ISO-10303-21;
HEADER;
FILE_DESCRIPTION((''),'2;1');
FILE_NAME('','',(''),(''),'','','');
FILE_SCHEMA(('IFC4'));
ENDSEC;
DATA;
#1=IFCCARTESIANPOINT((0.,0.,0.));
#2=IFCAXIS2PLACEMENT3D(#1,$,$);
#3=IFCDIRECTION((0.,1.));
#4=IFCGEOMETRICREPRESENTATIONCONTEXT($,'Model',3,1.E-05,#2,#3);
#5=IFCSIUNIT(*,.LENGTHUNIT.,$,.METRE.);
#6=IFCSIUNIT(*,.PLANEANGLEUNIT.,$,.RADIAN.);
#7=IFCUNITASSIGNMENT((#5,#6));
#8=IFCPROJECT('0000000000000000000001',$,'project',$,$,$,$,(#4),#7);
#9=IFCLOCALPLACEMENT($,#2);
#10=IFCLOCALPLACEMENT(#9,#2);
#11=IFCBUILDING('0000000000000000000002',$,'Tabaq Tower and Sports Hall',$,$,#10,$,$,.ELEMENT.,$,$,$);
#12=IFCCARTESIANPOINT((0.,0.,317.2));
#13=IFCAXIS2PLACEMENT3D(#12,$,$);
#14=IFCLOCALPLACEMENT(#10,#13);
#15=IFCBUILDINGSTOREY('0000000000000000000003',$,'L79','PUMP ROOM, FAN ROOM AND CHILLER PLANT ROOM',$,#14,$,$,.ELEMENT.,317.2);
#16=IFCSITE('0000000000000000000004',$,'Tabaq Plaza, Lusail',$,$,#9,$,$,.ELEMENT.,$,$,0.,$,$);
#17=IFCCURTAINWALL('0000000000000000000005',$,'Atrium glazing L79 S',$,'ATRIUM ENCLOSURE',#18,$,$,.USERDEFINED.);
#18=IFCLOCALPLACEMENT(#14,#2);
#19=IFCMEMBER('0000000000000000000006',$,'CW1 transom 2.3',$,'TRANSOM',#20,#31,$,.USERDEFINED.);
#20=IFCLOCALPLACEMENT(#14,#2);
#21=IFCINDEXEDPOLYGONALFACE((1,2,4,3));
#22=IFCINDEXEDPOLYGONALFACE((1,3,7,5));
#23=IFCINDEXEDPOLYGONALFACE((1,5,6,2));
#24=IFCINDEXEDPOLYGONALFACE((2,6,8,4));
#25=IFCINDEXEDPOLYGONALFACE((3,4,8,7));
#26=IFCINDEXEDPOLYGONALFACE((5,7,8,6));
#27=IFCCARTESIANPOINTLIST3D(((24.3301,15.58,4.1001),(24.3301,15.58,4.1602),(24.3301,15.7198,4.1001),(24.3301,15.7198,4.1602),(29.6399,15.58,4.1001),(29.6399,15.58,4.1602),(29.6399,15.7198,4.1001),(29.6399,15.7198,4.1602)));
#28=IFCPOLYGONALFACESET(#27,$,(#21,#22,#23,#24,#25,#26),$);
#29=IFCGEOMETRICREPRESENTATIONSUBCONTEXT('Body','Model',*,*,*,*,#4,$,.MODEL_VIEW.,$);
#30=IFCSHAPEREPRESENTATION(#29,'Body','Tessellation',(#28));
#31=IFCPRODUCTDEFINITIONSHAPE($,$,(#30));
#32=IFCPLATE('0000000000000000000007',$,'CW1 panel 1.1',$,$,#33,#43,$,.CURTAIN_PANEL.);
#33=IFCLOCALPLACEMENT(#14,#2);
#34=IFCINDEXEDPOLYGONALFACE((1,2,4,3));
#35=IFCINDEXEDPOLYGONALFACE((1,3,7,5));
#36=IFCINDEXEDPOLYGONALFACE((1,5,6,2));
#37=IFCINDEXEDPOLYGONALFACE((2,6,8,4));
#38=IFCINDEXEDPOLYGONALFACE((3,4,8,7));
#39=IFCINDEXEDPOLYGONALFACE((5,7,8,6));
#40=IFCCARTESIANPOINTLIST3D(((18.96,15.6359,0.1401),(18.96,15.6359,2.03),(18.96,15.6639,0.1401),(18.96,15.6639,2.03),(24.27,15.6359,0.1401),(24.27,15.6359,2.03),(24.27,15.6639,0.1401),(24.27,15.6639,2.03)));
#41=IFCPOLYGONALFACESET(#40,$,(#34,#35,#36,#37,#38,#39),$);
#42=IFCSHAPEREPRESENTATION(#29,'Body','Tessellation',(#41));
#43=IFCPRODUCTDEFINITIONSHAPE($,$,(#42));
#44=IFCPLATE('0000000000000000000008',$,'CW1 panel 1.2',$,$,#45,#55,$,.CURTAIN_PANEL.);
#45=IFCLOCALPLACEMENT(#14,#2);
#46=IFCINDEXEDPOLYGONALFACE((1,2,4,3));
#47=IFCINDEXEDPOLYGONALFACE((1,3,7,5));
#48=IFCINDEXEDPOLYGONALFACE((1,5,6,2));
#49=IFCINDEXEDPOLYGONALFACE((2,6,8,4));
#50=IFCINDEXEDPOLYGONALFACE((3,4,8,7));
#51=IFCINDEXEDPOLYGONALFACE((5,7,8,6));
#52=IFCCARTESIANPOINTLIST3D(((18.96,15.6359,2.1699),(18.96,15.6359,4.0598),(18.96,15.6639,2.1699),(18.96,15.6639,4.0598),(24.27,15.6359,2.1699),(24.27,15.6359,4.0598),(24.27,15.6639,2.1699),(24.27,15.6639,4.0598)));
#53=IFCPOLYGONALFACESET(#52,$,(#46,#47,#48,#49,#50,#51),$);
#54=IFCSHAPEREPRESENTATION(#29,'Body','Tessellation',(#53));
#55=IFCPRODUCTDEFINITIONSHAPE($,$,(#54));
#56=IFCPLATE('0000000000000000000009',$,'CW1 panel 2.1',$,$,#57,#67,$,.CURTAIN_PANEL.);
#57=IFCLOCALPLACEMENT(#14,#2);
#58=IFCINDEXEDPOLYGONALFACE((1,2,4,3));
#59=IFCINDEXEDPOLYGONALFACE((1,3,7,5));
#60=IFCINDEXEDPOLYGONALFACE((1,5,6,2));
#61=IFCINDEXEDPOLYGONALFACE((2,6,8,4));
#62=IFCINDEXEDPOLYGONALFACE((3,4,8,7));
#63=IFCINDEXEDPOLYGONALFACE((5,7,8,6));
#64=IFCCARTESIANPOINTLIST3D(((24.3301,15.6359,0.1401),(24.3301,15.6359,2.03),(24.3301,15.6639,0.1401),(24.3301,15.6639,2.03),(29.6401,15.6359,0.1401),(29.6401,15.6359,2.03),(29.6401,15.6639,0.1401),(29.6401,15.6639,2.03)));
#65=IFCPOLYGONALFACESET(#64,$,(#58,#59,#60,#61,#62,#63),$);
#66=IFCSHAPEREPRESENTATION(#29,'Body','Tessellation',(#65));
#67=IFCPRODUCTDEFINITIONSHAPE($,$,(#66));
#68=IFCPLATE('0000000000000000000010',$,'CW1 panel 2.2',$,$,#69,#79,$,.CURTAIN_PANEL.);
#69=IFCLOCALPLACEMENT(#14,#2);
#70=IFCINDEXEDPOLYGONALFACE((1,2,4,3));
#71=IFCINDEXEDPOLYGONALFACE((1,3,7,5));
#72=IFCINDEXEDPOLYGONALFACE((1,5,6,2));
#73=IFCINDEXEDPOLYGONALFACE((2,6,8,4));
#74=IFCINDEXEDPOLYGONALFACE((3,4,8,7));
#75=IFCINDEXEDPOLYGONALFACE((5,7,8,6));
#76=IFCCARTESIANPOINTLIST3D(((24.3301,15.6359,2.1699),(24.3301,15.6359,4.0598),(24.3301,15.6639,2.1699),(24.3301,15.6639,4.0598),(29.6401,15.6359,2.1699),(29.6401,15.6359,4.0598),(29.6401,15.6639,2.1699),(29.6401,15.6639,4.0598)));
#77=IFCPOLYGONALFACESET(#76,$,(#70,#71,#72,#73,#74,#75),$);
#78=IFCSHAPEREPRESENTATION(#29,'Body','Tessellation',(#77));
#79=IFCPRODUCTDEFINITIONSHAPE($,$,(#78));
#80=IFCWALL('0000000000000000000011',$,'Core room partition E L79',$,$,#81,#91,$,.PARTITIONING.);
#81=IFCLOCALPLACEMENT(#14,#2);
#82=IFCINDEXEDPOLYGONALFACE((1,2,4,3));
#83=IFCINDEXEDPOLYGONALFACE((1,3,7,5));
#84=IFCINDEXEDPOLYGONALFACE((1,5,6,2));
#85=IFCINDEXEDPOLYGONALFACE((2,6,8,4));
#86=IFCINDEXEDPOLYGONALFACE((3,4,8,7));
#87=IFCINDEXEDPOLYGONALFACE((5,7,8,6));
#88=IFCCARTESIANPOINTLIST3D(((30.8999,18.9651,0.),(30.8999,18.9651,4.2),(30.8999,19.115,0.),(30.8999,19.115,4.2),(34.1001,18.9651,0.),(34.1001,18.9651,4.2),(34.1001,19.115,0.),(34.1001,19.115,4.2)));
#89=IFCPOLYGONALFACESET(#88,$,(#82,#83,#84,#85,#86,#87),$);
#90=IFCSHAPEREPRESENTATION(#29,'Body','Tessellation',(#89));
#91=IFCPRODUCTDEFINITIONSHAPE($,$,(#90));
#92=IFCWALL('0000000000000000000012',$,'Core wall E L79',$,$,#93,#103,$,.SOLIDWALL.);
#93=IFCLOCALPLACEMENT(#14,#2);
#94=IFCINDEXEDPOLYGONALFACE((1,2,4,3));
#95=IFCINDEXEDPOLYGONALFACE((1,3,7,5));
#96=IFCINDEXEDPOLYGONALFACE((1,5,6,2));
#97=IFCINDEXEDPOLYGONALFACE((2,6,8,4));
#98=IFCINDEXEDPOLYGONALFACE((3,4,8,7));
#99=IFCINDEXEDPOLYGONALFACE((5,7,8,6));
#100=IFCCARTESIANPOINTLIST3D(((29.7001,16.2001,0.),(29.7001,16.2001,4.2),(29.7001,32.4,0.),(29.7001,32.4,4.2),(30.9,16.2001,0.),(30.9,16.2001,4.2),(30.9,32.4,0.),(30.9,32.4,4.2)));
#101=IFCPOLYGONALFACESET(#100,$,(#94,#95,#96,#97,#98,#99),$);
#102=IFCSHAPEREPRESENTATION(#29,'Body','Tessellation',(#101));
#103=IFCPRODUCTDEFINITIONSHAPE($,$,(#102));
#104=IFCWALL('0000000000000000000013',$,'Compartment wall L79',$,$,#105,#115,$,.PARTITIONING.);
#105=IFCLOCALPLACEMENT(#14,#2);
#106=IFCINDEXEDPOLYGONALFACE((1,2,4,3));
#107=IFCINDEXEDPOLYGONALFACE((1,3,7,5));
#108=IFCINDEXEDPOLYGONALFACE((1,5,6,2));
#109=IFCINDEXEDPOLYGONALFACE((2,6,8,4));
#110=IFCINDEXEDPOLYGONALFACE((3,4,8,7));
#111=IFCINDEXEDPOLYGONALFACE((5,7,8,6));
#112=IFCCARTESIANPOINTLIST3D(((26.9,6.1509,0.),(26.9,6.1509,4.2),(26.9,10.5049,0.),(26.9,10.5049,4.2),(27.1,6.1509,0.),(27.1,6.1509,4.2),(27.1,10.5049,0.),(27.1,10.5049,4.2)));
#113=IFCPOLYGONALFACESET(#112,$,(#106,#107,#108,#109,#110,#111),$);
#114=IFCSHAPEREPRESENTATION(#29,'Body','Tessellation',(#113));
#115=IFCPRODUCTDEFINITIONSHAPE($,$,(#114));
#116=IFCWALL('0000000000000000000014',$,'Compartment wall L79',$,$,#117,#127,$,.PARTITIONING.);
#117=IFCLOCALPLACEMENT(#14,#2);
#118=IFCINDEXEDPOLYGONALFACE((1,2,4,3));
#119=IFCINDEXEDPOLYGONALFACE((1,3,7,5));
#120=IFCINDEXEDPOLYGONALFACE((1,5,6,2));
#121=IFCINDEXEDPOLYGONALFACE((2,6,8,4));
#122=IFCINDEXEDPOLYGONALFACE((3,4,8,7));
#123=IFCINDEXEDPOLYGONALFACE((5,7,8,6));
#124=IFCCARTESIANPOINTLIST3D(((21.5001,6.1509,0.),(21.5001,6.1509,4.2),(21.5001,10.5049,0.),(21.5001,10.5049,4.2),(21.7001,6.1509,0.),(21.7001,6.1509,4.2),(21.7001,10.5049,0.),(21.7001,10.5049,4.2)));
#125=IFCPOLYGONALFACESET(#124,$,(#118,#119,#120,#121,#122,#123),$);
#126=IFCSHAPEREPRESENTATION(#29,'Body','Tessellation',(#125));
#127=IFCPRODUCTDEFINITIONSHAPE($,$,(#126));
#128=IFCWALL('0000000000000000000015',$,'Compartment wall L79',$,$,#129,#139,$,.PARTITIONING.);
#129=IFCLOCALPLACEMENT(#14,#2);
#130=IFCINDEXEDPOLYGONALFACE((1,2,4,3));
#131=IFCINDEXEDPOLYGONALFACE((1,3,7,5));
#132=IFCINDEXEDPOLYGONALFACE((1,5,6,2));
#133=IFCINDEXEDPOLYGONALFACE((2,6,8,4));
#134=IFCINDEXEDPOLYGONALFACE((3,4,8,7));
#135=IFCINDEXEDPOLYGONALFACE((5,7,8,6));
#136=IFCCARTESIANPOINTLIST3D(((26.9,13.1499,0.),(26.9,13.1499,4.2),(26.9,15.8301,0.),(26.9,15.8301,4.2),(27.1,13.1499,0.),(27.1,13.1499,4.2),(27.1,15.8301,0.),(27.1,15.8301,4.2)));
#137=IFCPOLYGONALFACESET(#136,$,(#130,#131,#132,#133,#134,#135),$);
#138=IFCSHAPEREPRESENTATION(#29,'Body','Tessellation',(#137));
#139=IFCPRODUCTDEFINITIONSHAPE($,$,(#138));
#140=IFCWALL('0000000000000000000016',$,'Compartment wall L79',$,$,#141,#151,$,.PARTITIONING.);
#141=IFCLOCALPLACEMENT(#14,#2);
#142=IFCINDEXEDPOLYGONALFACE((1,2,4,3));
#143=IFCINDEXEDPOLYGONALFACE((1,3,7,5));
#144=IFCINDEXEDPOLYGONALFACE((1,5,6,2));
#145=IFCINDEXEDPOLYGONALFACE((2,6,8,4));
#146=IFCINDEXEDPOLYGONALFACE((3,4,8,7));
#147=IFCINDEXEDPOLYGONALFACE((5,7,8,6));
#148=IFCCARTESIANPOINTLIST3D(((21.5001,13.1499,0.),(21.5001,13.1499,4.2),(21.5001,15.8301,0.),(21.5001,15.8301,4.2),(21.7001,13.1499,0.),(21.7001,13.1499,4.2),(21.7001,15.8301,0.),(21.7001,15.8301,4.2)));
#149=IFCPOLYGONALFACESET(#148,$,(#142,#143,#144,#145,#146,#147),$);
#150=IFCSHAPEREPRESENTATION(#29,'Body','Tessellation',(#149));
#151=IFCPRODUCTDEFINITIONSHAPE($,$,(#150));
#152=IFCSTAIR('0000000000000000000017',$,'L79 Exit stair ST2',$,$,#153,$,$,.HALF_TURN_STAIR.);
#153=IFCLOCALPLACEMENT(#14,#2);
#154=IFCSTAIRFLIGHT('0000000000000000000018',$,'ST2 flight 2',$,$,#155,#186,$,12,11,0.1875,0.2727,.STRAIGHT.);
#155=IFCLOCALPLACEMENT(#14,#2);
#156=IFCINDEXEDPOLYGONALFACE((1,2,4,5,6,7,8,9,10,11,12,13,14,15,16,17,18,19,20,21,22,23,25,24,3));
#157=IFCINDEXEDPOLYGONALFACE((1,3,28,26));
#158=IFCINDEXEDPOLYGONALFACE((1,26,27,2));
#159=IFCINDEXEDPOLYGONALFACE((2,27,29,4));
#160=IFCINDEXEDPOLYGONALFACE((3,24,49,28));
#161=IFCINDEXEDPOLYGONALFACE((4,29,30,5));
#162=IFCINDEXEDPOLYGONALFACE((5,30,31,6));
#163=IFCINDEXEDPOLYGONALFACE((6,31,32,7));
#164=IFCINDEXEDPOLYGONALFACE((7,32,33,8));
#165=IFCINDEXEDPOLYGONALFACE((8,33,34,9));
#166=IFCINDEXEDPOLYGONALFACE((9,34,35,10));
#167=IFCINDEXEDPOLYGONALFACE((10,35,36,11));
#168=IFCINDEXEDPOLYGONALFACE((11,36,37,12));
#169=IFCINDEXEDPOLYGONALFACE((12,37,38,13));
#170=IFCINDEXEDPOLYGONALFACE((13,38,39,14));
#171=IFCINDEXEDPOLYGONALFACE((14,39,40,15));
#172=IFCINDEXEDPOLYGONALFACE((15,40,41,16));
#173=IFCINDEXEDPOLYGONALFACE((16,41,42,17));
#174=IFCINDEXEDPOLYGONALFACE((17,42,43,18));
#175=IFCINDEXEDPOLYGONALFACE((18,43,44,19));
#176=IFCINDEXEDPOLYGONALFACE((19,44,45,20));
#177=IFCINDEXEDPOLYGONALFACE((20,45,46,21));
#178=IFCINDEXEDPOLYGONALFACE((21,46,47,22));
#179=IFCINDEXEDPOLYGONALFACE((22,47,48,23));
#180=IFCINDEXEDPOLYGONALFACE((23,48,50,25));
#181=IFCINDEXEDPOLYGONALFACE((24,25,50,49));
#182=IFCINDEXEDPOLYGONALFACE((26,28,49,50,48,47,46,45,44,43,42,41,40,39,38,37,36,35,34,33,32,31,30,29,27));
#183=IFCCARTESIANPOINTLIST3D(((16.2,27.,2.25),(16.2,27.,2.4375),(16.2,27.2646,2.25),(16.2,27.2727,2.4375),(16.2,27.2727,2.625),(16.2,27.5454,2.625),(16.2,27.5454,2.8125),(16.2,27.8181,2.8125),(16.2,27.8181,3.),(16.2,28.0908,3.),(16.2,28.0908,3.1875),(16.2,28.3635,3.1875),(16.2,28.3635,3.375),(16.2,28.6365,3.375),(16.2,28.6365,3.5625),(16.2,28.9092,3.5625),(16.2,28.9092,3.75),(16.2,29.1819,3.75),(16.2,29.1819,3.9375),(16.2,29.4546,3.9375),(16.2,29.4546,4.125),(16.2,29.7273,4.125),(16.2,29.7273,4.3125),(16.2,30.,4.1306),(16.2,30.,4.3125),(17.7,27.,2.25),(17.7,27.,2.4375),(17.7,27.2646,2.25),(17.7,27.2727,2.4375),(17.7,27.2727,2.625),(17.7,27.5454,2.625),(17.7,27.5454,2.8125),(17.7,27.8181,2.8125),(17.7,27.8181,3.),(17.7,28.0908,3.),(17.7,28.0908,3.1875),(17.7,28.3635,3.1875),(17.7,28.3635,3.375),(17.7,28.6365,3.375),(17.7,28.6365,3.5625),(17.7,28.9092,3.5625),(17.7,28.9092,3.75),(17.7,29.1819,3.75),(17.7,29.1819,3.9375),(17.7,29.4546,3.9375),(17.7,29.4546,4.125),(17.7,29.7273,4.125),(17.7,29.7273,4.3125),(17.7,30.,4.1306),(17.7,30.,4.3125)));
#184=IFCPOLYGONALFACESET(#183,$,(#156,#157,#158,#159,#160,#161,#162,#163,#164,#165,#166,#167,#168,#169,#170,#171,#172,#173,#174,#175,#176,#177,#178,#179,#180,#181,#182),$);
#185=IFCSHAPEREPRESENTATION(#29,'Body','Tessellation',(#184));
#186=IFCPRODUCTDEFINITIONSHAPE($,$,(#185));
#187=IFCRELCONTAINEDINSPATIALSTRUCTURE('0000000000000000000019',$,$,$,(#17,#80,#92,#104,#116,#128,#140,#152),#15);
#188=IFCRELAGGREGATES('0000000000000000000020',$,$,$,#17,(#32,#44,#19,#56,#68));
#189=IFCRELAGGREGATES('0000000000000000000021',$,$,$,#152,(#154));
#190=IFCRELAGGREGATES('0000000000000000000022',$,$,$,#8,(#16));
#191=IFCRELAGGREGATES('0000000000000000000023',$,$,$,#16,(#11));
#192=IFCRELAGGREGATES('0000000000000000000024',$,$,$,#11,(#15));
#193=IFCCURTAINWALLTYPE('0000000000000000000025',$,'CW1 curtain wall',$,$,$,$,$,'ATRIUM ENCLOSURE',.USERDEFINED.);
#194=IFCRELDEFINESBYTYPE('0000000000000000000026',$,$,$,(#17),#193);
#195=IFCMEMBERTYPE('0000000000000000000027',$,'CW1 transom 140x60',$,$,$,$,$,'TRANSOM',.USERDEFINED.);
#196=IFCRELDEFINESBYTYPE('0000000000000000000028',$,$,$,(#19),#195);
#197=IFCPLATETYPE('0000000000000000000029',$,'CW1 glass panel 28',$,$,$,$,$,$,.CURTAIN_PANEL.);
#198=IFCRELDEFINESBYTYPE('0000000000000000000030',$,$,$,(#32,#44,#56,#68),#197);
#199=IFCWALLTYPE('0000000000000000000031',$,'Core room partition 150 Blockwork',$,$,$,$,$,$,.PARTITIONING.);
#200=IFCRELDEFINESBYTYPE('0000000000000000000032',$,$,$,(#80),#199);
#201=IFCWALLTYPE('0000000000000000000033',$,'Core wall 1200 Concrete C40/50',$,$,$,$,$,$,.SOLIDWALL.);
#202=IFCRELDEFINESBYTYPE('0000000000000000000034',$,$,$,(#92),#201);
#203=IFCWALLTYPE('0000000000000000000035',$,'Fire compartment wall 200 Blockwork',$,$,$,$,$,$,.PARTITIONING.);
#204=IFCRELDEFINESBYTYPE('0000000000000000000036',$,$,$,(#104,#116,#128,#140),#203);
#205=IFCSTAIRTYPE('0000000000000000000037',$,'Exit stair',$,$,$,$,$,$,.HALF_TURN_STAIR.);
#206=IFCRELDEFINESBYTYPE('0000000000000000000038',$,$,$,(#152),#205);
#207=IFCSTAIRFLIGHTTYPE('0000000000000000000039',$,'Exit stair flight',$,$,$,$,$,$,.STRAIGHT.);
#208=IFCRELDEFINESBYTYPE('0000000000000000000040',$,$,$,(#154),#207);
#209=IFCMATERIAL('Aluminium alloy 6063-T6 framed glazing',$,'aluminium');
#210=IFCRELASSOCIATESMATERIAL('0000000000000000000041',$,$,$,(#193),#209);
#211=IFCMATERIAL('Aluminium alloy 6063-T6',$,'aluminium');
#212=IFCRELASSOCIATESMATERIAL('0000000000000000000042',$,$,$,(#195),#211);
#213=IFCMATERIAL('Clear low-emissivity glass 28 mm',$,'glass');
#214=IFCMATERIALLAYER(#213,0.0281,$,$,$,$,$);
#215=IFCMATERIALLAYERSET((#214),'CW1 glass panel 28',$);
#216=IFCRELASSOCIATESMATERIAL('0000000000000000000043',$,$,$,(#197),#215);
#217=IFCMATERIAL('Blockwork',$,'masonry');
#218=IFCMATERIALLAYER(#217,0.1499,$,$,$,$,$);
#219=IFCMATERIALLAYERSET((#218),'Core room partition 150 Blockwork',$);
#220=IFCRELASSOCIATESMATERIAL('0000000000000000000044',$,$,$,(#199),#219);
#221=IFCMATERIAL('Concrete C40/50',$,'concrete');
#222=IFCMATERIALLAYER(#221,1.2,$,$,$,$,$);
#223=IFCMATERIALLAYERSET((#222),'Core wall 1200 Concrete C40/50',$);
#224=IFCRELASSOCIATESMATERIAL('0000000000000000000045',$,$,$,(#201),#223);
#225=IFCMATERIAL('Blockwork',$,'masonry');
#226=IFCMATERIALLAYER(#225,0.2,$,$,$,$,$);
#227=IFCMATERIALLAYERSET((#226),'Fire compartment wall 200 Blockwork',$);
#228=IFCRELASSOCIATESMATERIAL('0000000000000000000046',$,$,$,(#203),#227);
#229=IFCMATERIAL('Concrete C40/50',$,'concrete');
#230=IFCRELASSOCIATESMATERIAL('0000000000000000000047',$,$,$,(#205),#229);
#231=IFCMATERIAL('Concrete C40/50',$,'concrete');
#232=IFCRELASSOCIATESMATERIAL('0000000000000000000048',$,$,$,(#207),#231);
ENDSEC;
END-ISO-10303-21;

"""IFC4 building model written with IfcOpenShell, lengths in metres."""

from ifc_helpers import new_model, si_unit, direction, frame, frame_2d, origin, origin_2d, place, context, subcontext, project, spatial, polyline, rectangle, outline, extrude, material, layer, layer_set, material_profile, profile_set, type_object, element, aggregate, save


model = new_model("IFC4")

# Units and contexts
model_context = context("Model", 3, precision=1e-05, world=origin(), true_north=direction((0.0, 1.0)))
body_context = subcontext(model_context, "Body", "Model", "MODEL_VIEW")
ifc_project = project(units=[si_unit("LENGTHUNIT", "METRE"), si_unit("PLANEANGLEUNIT", "RADIAN")], contexts=[model_context])

# Site, building, storey
site_placement = place(None, origin())
site = spatial("IfcSite", under=ifc_project, at=site_placement, Name="Tabaq Plaza, Lusail", CompositionType="ELEMENT", RefElevation=0.0)
building_placement = place(site_placement, origin())
building = spatial("IfcBuilding", under=site, at=building_placement, Name="Tabaq Tower and Sports Hall", CompositionType="ELEMENT")
storey_placement = place(building_placement, frame((0.0, 0.0, 317.2)))
storey = spatial("IfcBuildingStorey", under=building, at=storey_placement, Name="L79", Description="PUMP ROOM, FAN ROOM AND CHILLER PLANT ROOM", CompositionType="ELEMENT", Elevation=317.2)

# Curtain wall, member, plates
ifc_material_1 = material(Name="Aluminium alloy 6063-T6 framed glazing", Category="aluminium")
curtain_wall_type = type_object("IfcCurtainWallType", Name="CW1 curtain wall", ElementType="ATRIUM ENCLOSURE", PredefinedType="USERDEFINED", material=ifc_material_1)
curtain_wall_placement = place(storey_placement, origin())
curtain_wall = element("IfcCurtainWall", 1, at=curtain_wall_placement, inside=storey, type_object=curtain_wall_type, Name="Atrium glazing L79 S", ObjectType="ATRIUM ENCLOSURE", PredefinedType="USERDEFINED")
ifc_material_2 = material(Name="Aluminium alloy 6063-T6", Category="aluminium")
ifc_material_profile_1 = material_profile(ifc_material_2, rectangle(XDim=0.1399, YDim=0.0601, at=origin_2d()), Name="TRANSOM 140x60")
ifc_profile_set_1 = profile_set([ifc_material_profile_1], Name="Aluminium alloy 6063-T6")
member_type_1 = type_object("IfcMemberType", Name="CW1 transom 140x60", ElementType="TRANSOM", PredefinedType="USERDEFINED", material=ifc_profile_set_1)
member_1_placement = place(storey_placement, frame((24.3301, 15.6499, 4.1301), z_axis=(1.0, 0.0, 0.0), x_axis=(0.0, 1.0, 0.0)))
member_1 = element("IfcMember", 2, at=member_1_placement, type_object=member_type_1, Name="CW1 transom 2.3", ObjectType="TRANSOM", PredefinedType="USERDEFINED", context=body_context, shape_type="SweptSolid", body=[
    extrude(rectangle(XDim=0.1399, YDim=0.0601, at=origin_2d()), origin(), (0.0, 0.0, 1.0), 5.3098),
])
ifc_material_3 = material(Name="Clear low-emissivity glass 28 mm", Category="glass")
ifc_layer_1 = layer(ifc_material_3, 0.0281)
ifc_layer_set_1 = layer_set([ifc_layer_1], Name="CW1 glass panel 28")
plate_type = type_object("IfcPlateType", Name="CW1 glass panel 28", PredefinedType="CURTAIN_PANEL", material=ifc_layer_set_1)
plate_1_placement = place(storey_placement, frame((21.615, 15.6499, 0.1401), z_axis=(0.0, 0.0, 1.0), x_axis=(1.0, 0.0, 0.0)))
plate_1 = element("IfcPlate", 3, at=plate_1_placement, type_object=plate_type, Name="CW1 panel 1.1", PredefinedType="CURTAIN_PANEL", context=body_context, shape_type="SweptSolid", body=[
    extrude(rectangle(XDim=5.3101, YDim=0.0281, at=origin_2d()), origin(), (0.0, 0.0, 1.0), 1.8899),
])
plate_2_placement = place(storey_placement, frame((21.615, 15.6499, 2.1699), z_axis=(0.0, 0.0, 1.0), x_axis=(1.0, 0.0, 0.0)))
plate_2 = element("IfcPlate", 4, at=plate_2_placement, type_object=plate_type, Name="CW1 panel 1.2", PredefinedType="CURTAIN_PANEL", context=body_context, shape_type="SweptSolid", body=[
    extrude(rectangle(XDim=5.3101, YDim=0.0281, at=origin_2d()), origin(), (0.0, 0.0, 1.0), 1.8899),
])
plate_3_placement = place(storey_placement, frame((26.9851, 15.6499, 0.1401), z_axis=(0.0, 0.0, 1.0), x_axis=(1.0, 0.0, 0.0)))
plate_3 = element("IfcPlate", 5, at=plate_3_placement, type_object=plate_type, Name="CW1 panel 2.1", PredefinedType="CURTAIN_PANEL", context=body_context, shape_type="SweptSolid", body=[
    extrude(rectangle(XDim=5.3101, YDim=0.0281, at=origin_2d()), origin(), (0.0, 0.0, 1.0), 1.8899),
])
plate_4_placement = place(storey_placement, frame((26.9851, 15.6499, 2.1699), z_axis=(0.0, 0.0, 1.0), x_axis=(1.0, 0.0, 0.0)))
plate_4 = element("IfcPlate", 6, at=plate_4_placement, type_object=plate_type, Name="CW1 panel 2.2", PredefinedType="CURTAIN_PANEL", context=body_context, shape_type="SweptSolid", body=[
    extrude(rectangle(XDim=5.3101, YDim=0.0281, at=origin_2d()), origin(), (0.0, 0.0, 1.0), 1.8899),
])
aggregate(curtain_wall, [plate_1, plate_2, member_1, plate_3, plate_4])

# Walls
ifc_material_4 = material(Name="Blockwork", Category="masonry")
ifc_layer_2 = layer(ifc_material_4, 0.1499)
ifc_layer_set_2 = layer_set([ifc_layer_2], Name="Core room partition 150 Blockwork")
wall_type_1 = type_object("IfcWallType", Name="Core room partition 150 Blockwork", PredefinedType="PARTITIONING", material=ifc_layer_set_2)
wall_1_placement = place(storey_placement, frame((30.8999, 19.04, 0.0), z_axis=(0.0, 0.0, 1.0), x_axis=(1.0, 0.0, 0.0)))
element("IfcWall", 7, at=wall_1_placement, inside=storey, type_object=wall_type_1, Name="Core room partition E L79", PredefinedType="PARTITIONING", context=body_context, shape_type="SweptSolid", body=[
    extrude(rectangle(XDim=3.2002, YDim=0.1499, at=frame_2d((1.6001, 0.0))), origin(), (0.0, 0.0, 1.0), 4.2),
])
ifc_material_5 = material(Name="Concrete C40/50", Category="concrete")
ifc_layer_3 = layer(ifc_material_5, 1.2)
ifc_layer_set_3 = layer_set([ifc_layer_3], Name="Core wall 1200 Concrete C40/50")
wall_type_2 = type_object("IfcWallType", Name="Core wall 1200 Concrete C40/50", PredefinedType="SOLIDWALL", material=ifc_layer_set_3)
wall_2_placement = place(storey_placement, frame((30.3, 16.2, 0.0), z_axis=(0.0, 0.0, 1.0), x_axis=(0.0, 1.0, 0.0)))
element("IfcWall", 8, at=wall_2_placement, inside=storey, type_object=wall_type_2, Name="Core wall E L79", PredefinedType="SOLIDWALL", context=body_context, shape_type="SweptSolid", body=[
    extrude(rectangle(XDim=16.2, YDim=1.2, at=frame_2d((8.1001, 0.0))), origin(), (0.0, 0.0, 1.0), 4.2),
])

# Walls
ifc_material_6 = material(Name="Blockwork", Category="masonry")
ifc_layer_4 = layer(ifc_material_6, 0.2)
ifc_layer_set_4 = layer_set([ifc_layer_4], Name="Fire compartment wall 200 Blockwork")
wall_type_3 = type_object("IfcWallType", Name="Fire compartment wall 200 Blockwork", PredefinedType="PARTITIONING", material=ifc_layer_set_4)
for number, where, z_axis, x_axis, name in (
    (9, (27.0, 10.5049, 0.0), (0.0, 0.0, 1.0), (0.0, -1.0, 0.0), "Compartment wall L79"),
    (10, (21.6001, 10.5049, 0.0), (0.0, 0.0, 1.0), (0.0, -1.0, 0.0), "Compartment wall L79"),
):
    element("IfcWall", number, at=place(storey_placement, frame(where, z_axis=z_axis, x_axis=x_axis)), inside=storey, type_object=wall_type_3, Name=name, PredefinedType="PARTITIONING", context=body_context, shape_type="SweptSolid", body=[
        extrude(rectangle(XDim=4.354, YDim=0.2, at=frame_2d((2.177, 0.0))), origin(), (0.0, 0.0, 1.0), 4.2),
    ])
for number, where, z_axis, x_axis, name in (
    (11, (27.0, 15.8301, 0.0), (0.0, 0.0, 1.0), (0.0, -1.0, 0.0), "Compartment wall L79"),
    (12, (21.6001, 15.8301, 0.0), (0.0, 0.0, 1.0), (0.0, -1.0, 0.0), "Compartment wall L79"),
):
    element("IfcWall", number, at=place(storey_placement, frame(where, z_axis=z_axis, x_axis=x_axis)), inside=storey, type_object=wall_type_3, Name=name, PredefinedType="PARTITIONING", context=body_context, shape_type="SweptSolid", body=[
        extrude(rectangle(XDim=2.6802, YDim=0.2, at=frame_2d((1.3401, 0.0))), origin(), (0.0, 0.0, 1.0), 4.2),
    ])

# Stair, stair flight
ifc_material_7 = material(Name="Concrete C40/50", Category="concrete")
stair_type = type_object("IfcStairType", Name="Exit stair", PredefinedType="HALF_TURN_STAIR", material=ifc_material_7)
stair_placement = place(storey_placement, origin())
stair = element("IfcStair", 13, at=stair_placement, inside=storey, type_object=stair_type, Name="L79 Exit stair ST2", PredefinedType="HALF_TURN_STAIR")
ifc_material_8 = material(Name="Concrete C40/50", Category="concrete")
stair_flight_type = type_object("IfcStairFlightType", Name="Exit stair flight", PredefinedType="STRAIGHT", material=ifc_material_8)
stair_flight_placement = place(storey_placement, frame((16.95, 27.0, 2.25), z_axis=(0.0, 0.0, 1.0), x_axis=(0.0, 1.0, 0.0)))
stair_flight = element("IfcStairFlight", 14, at=stair_flight_placement, type_object=stair_flight_type, Name="ST2 flight 2", NumberOfRisers=12, NumberOfTreads=11, PredefinedType="STRAIGHT", RiserHeight=0.1875, TreadLength=0.2727, context=body_context, shape_type="SweptSolid", body=[
    extrude(outline(polyline([(0.0, 0.0), (0.0, 0.1875), (0.2727, 0.1875), (0.2727, 0.375), (0.5454, 0.375), (0.5454, 0.5625), (0.8181, 0.5625), (0.8181, 0.75), (1.0908, 0.75), (1.0908, 0.9375), (1.3635, 0.9375), (1.3635, 1.125), (1.6365, 1.125), (1.6365, 1.3125), (1.9092, 1.3125), (1.9092, 1.5), (2.1819, 1.5), (2.1819, 1.6875), (2.4546, 1.6875), (2.4546, 1.875), (2.7273, 1.875), (2.7273, 2.0625), (3.0, 2.0625), (3.0, 2.25), (3.0, 1.8806), (0.2646, 0.0), (0.0, 0.0)])), frame((0.0, 0.75, 0.0), z_axis=(0.0, -1.0, 0.0), x_axis=(1.0, 0.0, 0.0)), (0.0, 0.0, 1.0), 1.5),
])
aggregate(stair, [stair_flight])

save(model, "model.ifc")
